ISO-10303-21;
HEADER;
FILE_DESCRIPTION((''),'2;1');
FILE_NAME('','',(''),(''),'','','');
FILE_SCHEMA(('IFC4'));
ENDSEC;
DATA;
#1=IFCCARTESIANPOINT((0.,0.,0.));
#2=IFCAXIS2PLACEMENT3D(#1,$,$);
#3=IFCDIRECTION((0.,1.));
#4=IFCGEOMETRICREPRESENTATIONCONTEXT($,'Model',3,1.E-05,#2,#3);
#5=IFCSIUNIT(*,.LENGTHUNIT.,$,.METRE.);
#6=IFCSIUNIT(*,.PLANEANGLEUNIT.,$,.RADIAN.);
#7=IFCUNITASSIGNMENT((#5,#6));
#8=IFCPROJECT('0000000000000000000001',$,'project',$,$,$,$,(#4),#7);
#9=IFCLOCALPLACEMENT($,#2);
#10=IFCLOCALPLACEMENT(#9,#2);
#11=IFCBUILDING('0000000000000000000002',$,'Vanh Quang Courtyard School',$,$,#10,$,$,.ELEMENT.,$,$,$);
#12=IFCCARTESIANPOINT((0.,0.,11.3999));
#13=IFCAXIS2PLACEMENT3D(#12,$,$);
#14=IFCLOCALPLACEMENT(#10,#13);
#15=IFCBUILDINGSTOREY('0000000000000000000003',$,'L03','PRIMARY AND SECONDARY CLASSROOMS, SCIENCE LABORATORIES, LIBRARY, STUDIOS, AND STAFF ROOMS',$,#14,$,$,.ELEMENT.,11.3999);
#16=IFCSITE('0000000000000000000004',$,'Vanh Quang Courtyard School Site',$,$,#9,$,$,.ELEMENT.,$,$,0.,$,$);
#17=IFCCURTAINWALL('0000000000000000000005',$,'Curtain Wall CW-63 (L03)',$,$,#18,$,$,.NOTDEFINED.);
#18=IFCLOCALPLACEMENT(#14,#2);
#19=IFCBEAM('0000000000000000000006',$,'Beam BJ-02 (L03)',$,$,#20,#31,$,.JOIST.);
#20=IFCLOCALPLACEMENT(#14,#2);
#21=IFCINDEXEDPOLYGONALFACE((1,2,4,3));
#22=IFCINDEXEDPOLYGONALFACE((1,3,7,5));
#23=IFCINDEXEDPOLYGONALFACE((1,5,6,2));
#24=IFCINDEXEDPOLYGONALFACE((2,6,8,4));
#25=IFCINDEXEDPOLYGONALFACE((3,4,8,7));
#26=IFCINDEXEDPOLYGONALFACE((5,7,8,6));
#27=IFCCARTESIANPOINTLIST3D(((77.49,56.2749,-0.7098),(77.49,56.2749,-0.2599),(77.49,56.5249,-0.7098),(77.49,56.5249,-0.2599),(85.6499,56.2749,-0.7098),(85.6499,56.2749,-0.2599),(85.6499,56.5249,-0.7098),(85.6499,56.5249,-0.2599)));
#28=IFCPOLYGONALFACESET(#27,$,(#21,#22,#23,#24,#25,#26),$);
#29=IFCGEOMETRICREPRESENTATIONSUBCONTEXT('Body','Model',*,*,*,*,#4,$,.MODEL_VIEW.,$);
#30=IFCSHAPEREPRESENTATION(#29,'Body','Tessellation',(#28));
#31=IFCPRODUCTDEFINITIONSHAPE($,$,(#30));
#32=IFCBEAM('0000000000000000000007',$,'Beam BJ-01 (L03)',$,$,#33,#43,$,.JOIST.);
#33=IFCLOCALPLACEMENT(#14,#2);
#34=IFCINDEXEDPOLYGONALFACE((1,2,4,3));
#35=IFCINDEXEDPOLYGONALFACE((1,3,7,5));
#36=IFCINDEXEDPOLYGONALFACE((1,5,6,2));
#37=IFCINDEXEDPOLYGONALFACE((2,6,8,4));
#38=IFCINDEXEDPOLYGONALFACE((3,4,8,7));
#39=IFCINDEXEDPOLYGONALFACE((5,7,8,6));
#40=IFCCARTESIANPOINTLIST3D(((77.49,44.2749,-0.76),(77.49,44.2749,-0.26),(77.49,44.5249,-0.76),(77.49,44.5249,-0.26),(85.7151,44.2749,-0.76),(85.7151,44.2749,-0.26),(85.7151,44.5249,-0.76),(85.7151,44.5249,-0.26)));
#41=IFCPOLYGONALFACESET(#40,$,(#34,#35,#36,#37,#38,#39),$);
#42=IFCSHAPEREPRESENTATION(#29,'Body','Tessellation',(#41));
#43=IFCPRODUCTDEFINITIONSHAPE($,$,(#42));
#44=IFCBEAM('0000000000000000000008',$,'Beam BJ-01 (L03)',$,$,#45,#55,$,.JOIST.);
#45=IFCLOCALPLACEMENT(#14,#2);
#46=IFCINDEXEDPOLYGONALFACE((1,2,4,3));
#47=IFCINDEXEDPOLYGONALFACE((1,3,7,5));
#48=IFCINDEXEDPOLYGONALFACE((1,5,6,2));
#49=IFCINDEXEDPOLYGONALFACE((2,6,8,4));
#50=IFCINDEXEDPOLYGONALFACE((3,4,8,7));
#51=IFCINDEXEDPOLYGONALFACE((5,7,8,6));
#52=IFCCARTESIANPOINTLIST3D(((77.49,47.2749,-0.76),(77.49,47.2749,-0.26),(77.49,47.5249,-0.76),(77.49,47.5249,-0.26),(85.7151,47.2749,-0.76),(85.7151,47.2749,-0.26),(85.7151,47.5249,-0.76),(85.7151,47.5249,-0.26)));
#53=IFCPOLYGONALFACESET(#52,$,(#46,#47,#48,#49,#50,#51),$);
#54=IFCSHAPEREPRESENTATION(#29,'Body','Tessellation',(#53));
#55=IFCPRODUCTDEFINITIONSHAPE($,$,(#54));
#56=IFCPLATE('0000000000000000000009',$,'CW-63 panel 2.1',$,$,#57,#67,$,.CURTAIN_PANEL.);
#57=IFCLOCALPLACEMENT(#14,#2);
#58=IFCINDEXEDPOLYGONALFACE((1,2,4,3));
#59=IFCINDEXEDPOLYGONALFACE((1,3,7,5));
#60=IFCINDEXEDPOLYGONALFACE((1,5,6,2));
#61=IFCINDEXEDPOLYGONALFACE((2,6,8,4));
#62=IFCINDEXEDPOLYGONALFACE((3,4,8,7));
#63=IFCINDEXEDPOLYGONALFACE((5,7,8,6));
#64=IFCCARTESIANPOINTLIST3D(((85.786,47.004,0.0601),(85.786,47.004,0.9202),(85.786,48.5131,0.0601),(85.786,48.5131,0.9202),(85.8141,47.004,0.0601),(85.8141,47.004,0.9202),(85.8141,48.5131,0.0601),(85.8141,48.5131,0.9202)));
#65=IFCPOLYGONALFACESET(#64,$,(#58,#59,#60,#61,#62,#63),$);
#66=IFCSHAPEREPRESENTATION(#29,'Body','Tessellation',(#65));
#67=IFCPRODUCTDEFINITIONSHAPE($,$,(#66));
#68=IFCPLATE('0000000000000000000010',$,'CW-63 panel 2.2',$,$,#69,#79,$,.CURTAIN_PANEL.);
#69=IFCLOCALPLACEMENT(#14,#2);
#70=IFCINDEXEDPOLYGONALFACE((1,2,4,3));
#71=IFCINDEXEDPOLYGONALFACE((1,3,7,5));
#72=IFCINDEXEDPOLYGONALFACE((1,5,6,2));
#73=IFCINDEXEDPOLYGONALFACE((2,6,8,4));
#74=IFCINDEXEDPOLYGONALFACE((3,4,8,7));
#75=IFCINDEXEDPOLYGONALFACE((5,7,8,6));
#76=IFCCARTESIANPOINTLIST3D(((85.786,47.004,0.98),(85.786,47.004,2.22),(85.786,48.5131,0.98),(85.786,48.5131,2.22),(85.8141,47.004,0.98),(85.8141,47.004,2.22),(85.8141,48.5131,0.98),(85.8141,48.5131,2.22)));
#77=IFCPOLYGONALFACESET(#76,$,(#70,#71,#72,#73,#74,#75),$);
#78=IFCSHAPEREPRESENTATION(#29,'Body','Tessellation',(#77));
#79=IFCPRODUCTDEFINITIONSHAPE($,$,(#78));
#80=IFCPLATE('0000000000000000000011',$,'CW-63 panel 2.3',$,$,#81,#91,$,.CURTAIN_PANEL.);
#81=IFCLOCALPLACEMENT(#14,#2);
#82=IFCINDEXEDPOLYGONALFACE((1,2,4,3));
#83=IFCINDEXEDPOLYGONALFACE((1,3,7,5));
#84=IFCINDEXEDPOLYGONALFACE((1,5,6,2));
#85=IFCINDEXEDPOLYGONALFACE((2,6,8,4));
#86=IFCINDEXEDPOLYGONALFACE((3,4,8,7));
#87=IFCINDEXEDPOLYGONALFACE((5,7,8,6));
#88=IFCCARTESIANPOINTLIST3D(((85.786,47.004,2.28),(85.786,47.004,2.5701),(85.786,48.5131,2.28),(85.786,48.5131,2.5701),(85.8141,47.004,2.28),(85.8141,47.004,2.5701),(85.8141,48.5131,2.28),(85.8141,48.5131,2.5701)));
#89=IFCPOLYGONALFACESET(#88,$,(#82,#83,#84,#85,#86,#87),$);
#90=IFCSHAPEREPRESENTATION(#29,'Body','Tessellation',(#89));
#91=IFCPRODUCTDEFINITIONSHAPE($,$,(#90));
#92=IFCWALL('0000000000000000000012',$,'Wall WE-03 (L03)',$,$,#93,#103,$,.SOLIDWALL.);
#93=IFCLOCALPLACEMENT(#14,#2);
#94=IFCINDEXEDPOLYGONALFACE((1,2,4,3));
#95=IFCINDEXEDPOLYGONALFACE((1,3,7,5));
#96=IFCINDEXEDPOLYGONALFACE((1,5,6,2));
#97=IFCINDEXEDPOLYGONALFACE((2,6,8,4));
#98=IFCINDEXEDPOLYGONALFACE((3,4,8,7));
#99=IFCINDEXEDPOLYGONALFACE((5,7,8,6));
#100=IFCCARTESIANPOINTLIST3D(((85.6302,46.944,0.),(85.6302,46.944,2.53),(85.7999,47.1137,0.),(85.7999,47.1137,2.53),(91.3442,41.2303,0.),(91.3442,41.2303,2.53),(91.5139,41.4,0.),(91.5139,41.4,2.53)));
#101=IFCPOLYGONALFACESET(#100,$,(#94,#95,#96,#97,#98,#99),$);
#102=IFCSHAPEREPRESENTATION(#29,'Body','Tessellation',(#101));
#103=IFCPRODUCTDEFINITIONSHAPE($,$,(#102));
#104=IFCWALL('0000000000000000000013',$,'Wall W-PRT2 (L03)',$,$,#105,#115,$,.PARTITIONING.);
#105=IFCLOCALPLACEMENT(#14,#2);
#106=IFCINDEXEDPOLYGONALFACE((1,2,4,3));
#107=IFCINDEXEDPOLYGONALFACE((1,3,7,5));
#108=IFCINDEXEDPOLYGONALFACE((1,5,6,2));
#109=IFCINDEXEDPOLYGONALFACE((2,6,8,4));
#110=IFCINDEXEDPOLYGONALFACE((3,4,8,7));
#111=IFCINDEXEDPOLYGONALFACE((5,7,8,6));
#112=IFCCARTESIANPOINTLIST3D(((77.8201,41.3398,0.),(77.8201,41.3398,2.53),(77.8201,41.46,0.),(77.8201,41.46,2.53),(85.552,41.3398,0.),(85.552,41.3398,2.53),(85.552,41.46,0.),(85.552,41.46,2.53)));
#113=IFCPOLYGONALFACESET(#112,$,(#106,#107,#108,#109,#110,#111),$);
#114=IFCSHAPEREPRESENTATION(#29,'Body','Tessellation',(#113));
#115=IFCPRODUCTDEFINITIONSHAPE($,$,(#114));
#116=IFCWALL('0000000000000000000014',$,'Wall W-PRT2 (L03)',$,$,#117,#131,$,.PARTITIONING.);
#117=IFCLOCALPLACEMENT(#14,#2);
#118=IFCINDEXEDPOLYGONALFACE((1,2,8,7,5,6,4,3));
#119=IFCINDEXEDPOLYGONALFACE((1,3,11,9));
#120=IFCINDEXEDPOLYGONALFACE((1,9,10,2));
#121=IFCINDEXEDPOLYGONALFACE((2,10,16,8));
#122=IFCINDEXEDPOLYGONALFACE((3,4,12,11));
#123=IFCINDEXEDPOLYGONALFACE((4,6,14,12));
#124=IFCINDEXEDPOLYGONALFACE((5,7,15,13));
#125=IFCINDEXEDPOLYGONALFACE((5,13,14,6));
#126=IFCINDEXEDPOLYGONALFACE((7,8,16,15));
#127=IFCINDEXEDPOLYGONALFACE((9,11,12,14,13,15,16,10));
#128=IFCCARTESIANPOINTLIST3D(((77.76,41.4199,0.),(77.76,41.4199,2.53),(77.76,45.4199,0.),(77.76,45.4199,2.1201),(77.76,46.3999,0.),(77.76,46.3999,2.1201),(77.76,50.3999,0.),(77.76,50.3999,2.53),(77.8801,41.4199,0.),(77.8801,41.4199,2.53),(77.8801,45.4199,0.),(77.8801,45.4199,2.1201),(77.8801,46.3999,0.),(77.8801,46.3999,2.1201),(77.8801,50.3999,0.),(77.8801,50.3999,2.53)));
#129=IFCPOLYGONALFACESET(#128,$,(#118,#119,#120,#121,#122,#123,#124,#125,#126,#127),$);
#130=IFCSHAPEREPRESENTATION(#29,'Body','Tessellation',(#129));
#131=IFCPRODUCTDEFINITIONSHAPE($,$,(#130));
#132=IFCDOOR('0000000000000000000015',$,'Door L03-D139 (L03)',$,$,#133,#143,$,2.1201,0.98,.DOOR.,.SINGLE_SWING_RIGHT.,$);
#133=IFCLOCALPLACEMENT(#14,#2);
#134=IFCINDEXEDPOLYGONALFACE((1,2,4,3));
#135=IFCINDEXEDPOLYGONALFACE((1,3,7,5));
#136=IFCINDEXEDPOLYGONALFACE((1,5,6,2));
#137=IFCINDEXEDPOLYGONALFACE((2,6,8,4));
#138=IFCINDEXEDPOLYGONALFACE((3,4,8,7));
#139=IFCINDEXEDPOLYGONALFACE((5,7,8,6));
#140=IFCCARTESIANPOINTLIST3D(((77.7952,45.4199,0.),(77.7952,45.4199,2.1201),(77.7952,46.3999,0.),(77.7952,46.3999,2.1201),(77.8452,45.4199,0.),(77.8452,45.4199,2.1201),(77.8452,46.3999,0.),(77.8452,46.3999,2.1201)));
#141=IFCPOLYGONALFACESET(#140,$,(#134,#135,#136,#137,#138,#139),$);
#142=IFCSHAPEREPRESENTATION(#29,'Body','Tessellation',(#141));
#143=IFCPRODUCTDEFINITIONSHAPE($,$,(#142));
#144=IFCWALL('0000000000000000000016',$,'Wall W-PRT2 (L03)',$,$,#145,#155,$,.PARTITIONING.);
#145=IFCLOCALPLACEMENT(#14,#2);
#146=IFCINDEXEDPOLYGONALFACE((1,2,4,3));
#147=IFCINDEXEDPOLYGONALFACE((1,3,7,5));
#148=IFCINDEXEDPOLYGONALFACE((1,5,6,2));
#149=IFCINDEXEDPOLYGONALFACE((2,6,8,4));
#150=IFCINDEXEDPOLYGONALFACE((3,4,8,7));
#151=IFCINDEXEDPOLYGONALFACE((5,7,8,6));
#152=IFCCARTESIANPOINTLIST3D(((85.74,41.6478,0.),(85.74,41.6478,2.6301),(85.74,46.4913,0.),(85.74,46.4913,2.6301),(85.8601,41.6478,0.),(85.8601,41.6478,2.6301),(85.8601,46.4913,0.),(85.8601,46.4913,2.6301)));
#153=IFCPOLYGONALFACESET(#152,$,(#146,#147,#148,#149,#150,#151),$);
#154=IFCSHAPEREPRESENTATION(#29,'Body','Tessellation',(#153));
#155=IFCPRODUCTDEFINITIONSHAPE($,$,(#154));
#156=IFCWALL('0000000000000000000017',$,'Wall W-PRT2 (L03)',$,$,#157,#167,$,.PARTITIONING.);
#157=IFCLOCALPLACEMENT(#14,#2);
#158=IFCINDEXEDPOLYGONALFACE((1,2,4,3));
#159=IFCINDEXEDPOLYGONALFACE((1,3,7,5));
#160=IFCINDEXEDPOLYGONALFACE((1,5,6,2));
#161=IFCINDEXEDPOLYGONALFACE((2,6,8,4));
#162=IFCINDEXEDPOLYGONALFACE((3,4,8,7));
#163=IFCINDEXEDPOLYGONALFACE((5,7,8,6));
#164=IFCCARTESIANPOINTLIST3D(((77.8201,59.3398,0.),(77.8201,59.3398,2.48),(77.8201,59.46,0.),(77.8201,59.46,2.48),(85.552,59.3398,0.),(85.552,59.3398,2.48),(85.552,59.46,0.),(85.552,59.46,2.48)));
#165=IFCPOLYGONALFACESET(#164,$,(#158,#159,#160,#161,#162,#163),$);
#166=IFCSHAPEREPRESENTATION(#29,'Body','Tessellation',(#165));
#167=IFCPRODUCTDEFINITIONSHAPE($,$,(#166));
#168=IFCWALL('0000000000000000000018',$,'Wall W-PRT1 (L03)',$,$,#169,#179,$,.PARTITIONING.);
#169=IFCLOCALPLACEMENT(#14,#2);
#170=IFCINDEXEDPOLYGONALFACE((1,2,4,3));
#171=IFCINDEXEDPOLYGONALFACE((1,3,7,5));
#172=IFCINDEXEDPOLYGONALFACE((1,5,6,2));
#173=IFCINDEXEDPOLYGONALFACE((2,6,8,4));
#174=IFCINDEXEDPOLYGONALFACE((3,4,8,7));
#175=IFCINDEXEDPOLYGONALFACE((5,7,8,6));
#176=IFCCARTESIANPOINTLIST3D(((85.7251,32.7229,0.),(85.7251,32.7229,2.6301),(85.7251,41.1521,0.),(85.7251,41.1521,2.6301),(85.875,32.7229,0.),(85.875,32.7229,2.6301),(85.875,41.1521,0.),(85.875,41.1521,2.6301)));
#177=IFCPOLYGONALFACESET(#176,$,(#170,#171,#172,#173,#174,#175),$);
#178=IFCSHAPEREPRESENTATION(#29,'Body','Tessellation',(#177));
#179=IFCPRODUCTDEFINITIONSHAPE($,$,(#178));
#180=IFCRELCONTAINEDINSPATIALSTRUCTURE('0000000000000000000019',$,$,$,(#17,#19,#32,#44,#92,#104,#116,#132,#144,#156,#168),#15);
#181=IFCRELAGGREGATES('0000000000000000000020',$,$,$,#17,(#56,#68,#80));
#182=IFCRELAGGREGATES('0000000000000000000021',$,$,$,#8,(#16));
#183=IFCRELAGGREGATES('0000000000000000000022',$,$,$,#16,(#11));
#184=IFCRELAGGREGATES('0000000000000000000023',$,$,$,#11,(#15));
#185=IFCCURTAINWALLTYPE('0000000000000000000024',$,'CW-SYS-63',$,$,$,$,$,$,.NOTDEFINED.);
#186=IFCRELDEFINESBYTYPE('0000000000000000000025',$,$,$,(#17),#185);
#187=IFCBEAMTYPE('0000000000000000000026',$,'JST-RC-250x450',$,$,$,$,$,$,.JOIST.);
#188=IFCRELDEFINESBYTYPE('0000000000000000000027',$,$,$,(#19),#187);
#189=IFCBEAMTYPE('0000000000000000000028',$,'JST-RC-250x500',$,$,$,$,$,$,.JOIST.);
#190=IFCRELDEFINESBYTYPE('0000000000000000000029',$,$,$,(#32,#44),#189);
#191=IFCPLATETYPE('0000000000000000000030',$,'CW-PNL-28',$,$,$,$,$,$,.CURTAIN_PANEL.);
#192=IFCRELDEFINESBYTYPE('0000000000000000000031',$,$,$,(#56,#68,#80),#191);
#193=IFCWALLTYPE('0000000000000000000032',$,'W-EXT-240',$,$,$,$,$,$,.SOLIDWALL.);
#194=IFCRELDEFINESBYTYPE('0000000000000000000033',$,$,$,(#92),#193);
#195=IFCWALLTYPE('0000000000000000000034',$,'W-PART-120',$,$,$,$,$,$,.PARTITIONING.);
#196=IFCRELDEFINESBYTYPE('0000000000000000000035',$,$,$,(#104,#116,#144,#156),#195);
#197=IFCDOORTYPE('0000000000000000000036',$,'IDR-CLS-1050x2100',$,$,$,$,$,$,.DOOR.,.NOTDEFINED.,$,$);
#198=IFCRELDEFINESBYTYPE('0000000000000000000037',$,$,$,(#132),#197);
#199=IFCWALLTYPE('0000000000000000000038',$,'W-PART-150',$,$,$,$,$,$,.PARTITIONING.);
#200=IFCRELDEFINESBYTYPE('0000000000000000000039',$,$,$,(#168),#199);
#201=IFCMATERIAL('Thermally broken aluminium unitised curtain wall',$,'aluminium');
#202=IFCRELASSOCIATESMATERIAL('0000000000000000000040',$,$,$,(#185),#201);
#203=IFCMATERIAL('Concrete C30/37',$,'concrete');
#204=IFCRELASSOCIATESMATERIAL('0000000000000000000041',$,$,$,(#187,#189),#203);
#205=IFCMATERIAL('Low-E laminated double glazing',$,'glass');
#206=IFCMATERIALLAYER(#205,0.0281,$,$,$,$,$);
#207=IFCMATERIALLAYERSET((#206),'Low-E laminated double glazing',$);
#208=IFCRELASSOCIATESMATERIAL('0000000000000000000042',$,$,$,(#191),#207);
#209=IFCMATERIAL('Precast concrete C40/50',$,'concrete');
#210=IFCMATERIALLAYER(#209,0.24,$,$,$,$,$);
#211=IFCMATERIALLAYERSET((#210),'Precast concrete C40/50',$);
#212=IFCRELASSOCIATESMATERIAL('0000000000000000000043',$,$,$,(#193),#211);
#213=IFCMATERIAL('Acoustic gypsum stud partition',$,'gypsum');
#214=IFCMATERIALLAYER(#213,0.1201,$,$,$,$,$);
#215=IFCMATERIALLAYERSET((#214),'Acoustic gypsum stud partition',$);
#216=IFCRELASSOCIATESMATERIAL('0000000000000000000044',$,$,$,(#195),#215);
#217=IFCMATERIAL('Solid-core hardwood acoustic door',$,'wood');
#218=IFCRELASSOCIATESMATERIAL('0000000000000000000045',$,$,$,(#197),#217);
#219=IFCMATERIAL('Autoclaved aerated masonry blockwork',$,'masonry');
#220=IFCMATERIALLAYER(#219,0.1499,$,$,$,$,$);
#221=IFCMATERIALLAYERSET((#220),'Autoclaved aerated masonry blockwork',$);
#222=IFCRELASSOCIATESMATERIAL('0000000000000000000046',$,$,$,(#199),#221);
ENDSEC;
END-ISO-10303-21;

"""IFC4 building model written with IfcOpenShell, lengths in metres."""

from ifc_helpers import new_model, si_unit, direction, frame, frame_2d, origin, origin_2d, place, context, subcontext, project, spatial, rectangle, extrude, material, layer, layer_set, material_profile, profile_set, type_object, element, fill, aggregate, save


model = new_model("IFC4")

# Units and contexts
model_context = context("Model", 3, precision=1e-05, world=origin(), true_north=direction((0.0, 1.0)))
body_context = subcontext(model_context, "Body", "Model", "MODEL_VIEW")
ifc_project = project(units=[si_unit("LENGTHUNIT", "METRE"), si_unit("PLANEANGLEUNIT", "RADIAN")], contexts=[model_context])

# Site, building, storey
site_placement = place(None, origin())
site = spatial("IfcSite", under=ifc_project, at=site_placement, Name="Vanh Quang Courtyard School Site", CompositionType="ELEMENT", RefElevation=0.0)
building_placement = place(site_placement, origin())
building = spatial("IfcBuilding", under=site, at=building_placement, Name="Vanh Quang Courtyard School", CompositionType="ELEMENT")
storey_placement = place(building_placement, frame((0.0, 0.0, 11.3999)))
storey = spatial("IfcBuildingStorey", under=building, at=storey_placement, Name="L03", Description="PRIMARY AND SECONDARY CLASSROOMS, SCIENCE LABORATORIES, LIBRARY, STUDIOS, AND STAFF ROOMS", CompositionType="ELEMENT", Elevation=11.3999)

# Curtain wall
ifc_material_1 = material(Name="Thermally broken aluminium unitised curtain wall", Category="aluminium")
curtain_wall_type = type_object("IfcCurtainWallType", Name="CW-SYS-63", PredefinedType="NOTDEFINED", material=ifc_material_1)
curtain_wall_placement = place(storey_placement, origin())
curtain_wall = element("IfcCurtainWall", 1, at=curtain_wall_placement, inside=storey, type_object=curtain_wall_type, Name="Curtain Wall CW-63 (L03)", PredefinedType="NOTDEFINED")

# Beams
ifc_material_2 = material(Name="Concrete C30/37", Category="concrete")
ifc_material_profile_1 = material_profile(ifc_material_2, rectangle(XDim=0.25, YDim=0.45, at=origin_2d()), Name="RC-JST 250x450")
ifc_profile_set_1 = profile_set([ifc_material_profile_1], Name="Concrete C30/37")
beam_type_1 = type_object("IfcBeamType", Name="JST-RC-250x450", PredefinedType="JOIST", material=ifc_profile_set_1)
for number, where, z_axis, x_axis, name in (
    (2, (77.49, 56.3999, -0.4849), (1.0, 0.0, 0.0), (0.0, 1.0, 0.0), "Beam BJ-02 (L03)"),
):
    element("IfcBeam", number, at=place(storey_placement, frame(where, z_axis=z_axis, x_axis=x_axis)), inside=storey, type_object=beam_type_1, Name=name, PredefinedType="JOIST", context=body_context, shape_type="SweptSolid", body=[
        extrude(rectangle(XDim=0.25, YDim=0.45, at=origin_2d()), origin(), (0.0, 0.0, 1.0), 8.1599),
    ])
ifc_material_profile_2 = material_profile(ifc_material_2, rectangle(XDim=0.25, YDim=0.5, at=origin_2d()), Name="RC-JST 250x500")
ifc_profile_set_2 = profile_set([ifc_material_profile_2], Name="Concrete C30/37")
beam_type_2 = type_object("IfcBeamType", Name="JST-RC-250x500", PredefinedType="JOIST", material=ifc_profile_set_2)
for number, where, z_axis, x_axis, name in (
    (3, (77.49, 44.3999, -0.51), (1.0, 0.0, 0.0), (0.0, 1.0, 0.0), "Beam BJ-01 (L03)"),
    (4, (77.49, 47.3999, -0.51), (1.0, 0.0, 0.0), (0.0, 1.0, 0.0), "Beam BJ-01 (L03)"),
):
    element("IfcBeam", number, at=place(storey_placement, frame(where, z_axis=z_axis, x_axis=x_axis)), inside=storey, type_object=beam_type_2, Name=name, PredefinedType="JOIST", context=body_context, shape_type="SweptSolid", body=[
        extrude(rectangle(XDim=0.25, YDim=0.5, at=origin_2d()), origin(), (0.0, 0.0, 1.0), 8.2251),
    ])

# Plates
ifc_material_3 = material(Name="Low-E laminated double glazing", Category="glass")
ifc_layer_1 = layer(ifc_material_3, 0.0281)
ifc_layer_set_1 = layer_set([ifc_layer_1], Name="Low-E laminated double glazing")
plate_type = type_object("IfcPlateType", Name="CW-PNL-28", PredefinedType="CURTAIN_PANEL", material=ifc_layer_set_1)
plate_1_placement = place(storey_placement, frame((85.8, 47.7585, 0.0601), z_axis=(0.0, 0.0, 1.0), x_axis=(0.0, -1.0, 0.0)))
plate_1 = element("IfcPlate", 5, at=plate_1_placement, type_object=plate_type, Name="CW-63 panel 2.1", PredefinedType="CURTAIN_PANEL", context=body_context, shape_type="SweptSolid", body=[
    extrude(rectangle(XDim=1.509, YDim=0.0281, at=origin_2d()), origin(), (0.0, 0.0, 1.0), 0.8601),
])
plate_2_placement = place(storey_placement, frame((85.8, 47.7585, 0.98), z_axis=(0.0, 0.0, 1.0), x_axis=(0.0, -1.0, 0.0)))
plate_2 = element("IfcPlate", 6, at=plate_2_placement, type_object=plate_type, Name="CW-63 panel 2.2", PredefinedType="CURTAIN_PANEL", context=body_context, shape_type="SweptSolid", body=[
    extrude(rectangle(XDim=1.509, YDim=0.0281, at=origin_2d()), origin(), (0.0, 0.0, 1.0), 1.24),
])
plate_3_placement = place(storey_placement, frame((85.8, 47.7585, 2.28), z_axis=(0.0, 0.0, 1.0), x_axis=(0.0, -1.0, 0.0)))
plate_3 = element("IfcPlate", 7, at=plate_3_placement, type_object=plate_type, Name="CW-63 panel 2.3", PredefinedType="CURTAIN_PANEL", context=body_context, shape_type="SweptSolid", body=[
    extrude(rectangle(XDim=1.509, YDim=0.0281, at=origin_2d()), origin(), (0.0, 0.0, 1.0), 0.29),
])
aggregate(curtain_wall, [plate_1, plate_2, plate_3])

# Walls
ifc_material_4 = material(Name="Precast concrete C40/50", Category="concrete")
ifc_layer_2 = layer(ifc_material_4, 0.24)
ifc_layer_set_2 = layer_set([ifc_layer_2], Name="Precast concrete C40/50")
wall_type_1 = type_object("IfcWallType", Name="W-EXT-240", PredefinedType="SOLIDWALL", material=ifc_layer_set_2)
wall_1_placement = place(storey_placement, frame((85.7151, 47.0288, 0.0), z_axis=(0.0, 0.0, 1.0), x_axis=(0.707122, -0.707092, 0.0)))
element("IfcWall", 8, at=wall_1_placement, inside=storey, type_object=wall_type_1, Name="Wall WE-03 (L03)", PredefinedType="SOLIDWALL", context=body_context, shape_type="SweptSolid", body=[
    extrude(rectangle(XDim=8.0806, YDim=0.24, at=frame_2d((4.0403, 0.0))), origin(), (0.0, 0.0, 1.0), 2.53),
])
ifc_material_5 = material(Name="Acoustic gypsum stud partition", Category="gypsum")
ifc_layer_3 = layer(ifc_material_5, 0.1201)
ifc_layer_set_3 = layer_set([ifc_layer_3], Name="Acoustic gypsum stud partition")
wall_type_2 = type_object("IfcWallType", Name="W-PART-120", PredefinedType="PARTITIONING", material=ifc_layer_set_3)
wall_2_placement = place(storey_placement, frame((77.8201, 41.3999, 0.0), z_axis=(0.0, 0.0, 1.0), x_axis=(1.0, 0.0, 0.0)))
element("IfcWall", 9, at=wall_2_placement, inside=storey, type_object=wall_type_2, Name="Wall W-PRT2 (L03)", PredefinedType="PARTITIONING", context=body_context, shape_type="SweptSolid", body=[
    extrude(rectangle(XDim=7.7319, YDim=0.1201, at=frame_2d((3.866, 0.0))), origin(), (0.0, 0.0, 1.0), 2.53),
])

# Wall, opening, door
wall_3_placement = place(storey_placement, frame((77.8201, 41.4199, 0.0), z_axis=(0.0, 0.0, 1.0), x_axis=(0.0, 1.0, 0.0)))
wall_3 = element("IfcWall", 10, at=wall_3_placement, inside=storey, type_object=wall_type_2, Name="Wall W-PRT2 (L03)", PredefinedType="PARTITIONING", context=body_context, shape_type="SweptSolid", body=[
    extrude(rectangle(XDim=8.98, YDim=0.1201, at=frame_2d((4.49, 0.0))), origin(), (0.0, 0.0, 1.0), 2.53),
])
opening_1_placement = place(wall_3_placement, frame((4.0, 0.0, 0.0)))
opening_1 = element("IfcOpeningElement", 11, at=opening_1_placement, cuts=wall_3, PredefinedType="OPENING", context=body_context, shape_type="SweptSolid", body=[
    extrude(rectangle(XDim=0.98, YDim=2.1201, at=frame_2d((0.49, 1.0601))), frame((0.0, 0.0701, 0.0), z_axis=(0.0, -1.0, 0.0), x_axis=(1.0, 0.0, 0.0)), (0.0, 0.0, 1.0), 0.1401),
])
ifc_material_6 = material(Name="Solid-core hardwood acoustic door", Category="wood")
door_type_1 = type_object("IfcDoorType", Name="IDR-CLS-1050x2100", OperationType="NOTDEFINED", PredefinedType="DOOR", material=ifc_material_6)
door_1_placement = place(opening_1_placement, origin())
door_1 = element("IfcDoor", 12, at=door_1_placement, inside=storey, type_object=door_type_1, Name="Door L03-D139 (L03)", OperationType="SINGLE_SWING_RIGHT", OverallHeight=2.1201, OverallWidth=0.98, PredefinedType="DOOR", context=body_context, shape_type="SweptSolid", body=[
    extrude(rectangle(XDim=0.98, YDim=2.1201, at=frame_2d((0.49, 1.0601))), frame((0.0, 0.0249, 0.0), z_axis=(0.0, -1.0, 0.0), x_axis=(1.0, 0.0, 0.0)), (0.0, 0.0, 1.0), 0.05),
])
fill(opening_1, door_1)

# Walls
wall_4_placement = place(storey_placement, frame((85.8, 46.4915, 0.0), z_axis=(0.0, 0.0, 1.0), x_axis=(0.0, -1.0, 0.0)))
element("IfcWall", 13, at=wall_4_placement, inside=storey, type_object=wall_type_2, Name="Wall W-PRT2 (L03)", PredefinedType="PARTITIONING", context=body_context, shape_type="SweptSolid", body=[
    extrude(rectangle(XDim=4.8435, YDim=0.1201, at=frame_2d((2.4219, 0.0))), origin(), (0.0, 0.0, 1.0), 2.6301),
])
wall_5_placement = place(storey_placement, frame((77.8201, 59.3999, 0.0), z_axis=(0.0, 0.0, 1.0), x_axis=(1.0, 0.0, 0.0)))
element("IfcWall", 14, at=wall_5_placement, inside=storey, type_object=wall_type_2, Name="Wall W-PRT2 (L03)", PredefinedType="PARTITIONING", context=body_context, shape_type="SweptSolid", body=[
    extrude(rectangle(XDim=7.7319, YDim=0.1201, at=frame_2d((3.866, 0.0))), origin(), (0.0, 0.0, 1.0), 2.48),
])
ifc_material_7 = material(Name="Autoclaved aerated masonry blockwork", Category="masonry")
ifc_layer_4 = layer(ifc_material_7, 0.1499)
ifc_layer_set_4 = layer_set([ifc_layer_4], Name="Autoclaved aerated masonry blockwork")
wall_type_3 = type_object("IfcWallType", Name="W-PART-150", PredefinedType="PARTITIONING", material=ifc_layer_set_4)
wall_6_placement = place(storey_placement, frame((85.8, 41.1521, 0.0), z_axis=(0.0, 0.0, 1.0), x_axis=(0.0, -1.0, 0.0)))
element("IfcWall", 15, at=wall_6_placement, inside=storey, type_object=wall_type_3, Name="Wall W-PRT1 (L03)", PredefinedType="PARTITIONING", context=body_context, shape_type="SweptSolid", body=[
    extrude(rectangle(XDim=8.4292, YDim=0.1499, at=frame_2d((4.2146, 0.0))), origin(), (0.0, 0.0, 1.0), 2.6301),
])

save(model, "model.ifc")
